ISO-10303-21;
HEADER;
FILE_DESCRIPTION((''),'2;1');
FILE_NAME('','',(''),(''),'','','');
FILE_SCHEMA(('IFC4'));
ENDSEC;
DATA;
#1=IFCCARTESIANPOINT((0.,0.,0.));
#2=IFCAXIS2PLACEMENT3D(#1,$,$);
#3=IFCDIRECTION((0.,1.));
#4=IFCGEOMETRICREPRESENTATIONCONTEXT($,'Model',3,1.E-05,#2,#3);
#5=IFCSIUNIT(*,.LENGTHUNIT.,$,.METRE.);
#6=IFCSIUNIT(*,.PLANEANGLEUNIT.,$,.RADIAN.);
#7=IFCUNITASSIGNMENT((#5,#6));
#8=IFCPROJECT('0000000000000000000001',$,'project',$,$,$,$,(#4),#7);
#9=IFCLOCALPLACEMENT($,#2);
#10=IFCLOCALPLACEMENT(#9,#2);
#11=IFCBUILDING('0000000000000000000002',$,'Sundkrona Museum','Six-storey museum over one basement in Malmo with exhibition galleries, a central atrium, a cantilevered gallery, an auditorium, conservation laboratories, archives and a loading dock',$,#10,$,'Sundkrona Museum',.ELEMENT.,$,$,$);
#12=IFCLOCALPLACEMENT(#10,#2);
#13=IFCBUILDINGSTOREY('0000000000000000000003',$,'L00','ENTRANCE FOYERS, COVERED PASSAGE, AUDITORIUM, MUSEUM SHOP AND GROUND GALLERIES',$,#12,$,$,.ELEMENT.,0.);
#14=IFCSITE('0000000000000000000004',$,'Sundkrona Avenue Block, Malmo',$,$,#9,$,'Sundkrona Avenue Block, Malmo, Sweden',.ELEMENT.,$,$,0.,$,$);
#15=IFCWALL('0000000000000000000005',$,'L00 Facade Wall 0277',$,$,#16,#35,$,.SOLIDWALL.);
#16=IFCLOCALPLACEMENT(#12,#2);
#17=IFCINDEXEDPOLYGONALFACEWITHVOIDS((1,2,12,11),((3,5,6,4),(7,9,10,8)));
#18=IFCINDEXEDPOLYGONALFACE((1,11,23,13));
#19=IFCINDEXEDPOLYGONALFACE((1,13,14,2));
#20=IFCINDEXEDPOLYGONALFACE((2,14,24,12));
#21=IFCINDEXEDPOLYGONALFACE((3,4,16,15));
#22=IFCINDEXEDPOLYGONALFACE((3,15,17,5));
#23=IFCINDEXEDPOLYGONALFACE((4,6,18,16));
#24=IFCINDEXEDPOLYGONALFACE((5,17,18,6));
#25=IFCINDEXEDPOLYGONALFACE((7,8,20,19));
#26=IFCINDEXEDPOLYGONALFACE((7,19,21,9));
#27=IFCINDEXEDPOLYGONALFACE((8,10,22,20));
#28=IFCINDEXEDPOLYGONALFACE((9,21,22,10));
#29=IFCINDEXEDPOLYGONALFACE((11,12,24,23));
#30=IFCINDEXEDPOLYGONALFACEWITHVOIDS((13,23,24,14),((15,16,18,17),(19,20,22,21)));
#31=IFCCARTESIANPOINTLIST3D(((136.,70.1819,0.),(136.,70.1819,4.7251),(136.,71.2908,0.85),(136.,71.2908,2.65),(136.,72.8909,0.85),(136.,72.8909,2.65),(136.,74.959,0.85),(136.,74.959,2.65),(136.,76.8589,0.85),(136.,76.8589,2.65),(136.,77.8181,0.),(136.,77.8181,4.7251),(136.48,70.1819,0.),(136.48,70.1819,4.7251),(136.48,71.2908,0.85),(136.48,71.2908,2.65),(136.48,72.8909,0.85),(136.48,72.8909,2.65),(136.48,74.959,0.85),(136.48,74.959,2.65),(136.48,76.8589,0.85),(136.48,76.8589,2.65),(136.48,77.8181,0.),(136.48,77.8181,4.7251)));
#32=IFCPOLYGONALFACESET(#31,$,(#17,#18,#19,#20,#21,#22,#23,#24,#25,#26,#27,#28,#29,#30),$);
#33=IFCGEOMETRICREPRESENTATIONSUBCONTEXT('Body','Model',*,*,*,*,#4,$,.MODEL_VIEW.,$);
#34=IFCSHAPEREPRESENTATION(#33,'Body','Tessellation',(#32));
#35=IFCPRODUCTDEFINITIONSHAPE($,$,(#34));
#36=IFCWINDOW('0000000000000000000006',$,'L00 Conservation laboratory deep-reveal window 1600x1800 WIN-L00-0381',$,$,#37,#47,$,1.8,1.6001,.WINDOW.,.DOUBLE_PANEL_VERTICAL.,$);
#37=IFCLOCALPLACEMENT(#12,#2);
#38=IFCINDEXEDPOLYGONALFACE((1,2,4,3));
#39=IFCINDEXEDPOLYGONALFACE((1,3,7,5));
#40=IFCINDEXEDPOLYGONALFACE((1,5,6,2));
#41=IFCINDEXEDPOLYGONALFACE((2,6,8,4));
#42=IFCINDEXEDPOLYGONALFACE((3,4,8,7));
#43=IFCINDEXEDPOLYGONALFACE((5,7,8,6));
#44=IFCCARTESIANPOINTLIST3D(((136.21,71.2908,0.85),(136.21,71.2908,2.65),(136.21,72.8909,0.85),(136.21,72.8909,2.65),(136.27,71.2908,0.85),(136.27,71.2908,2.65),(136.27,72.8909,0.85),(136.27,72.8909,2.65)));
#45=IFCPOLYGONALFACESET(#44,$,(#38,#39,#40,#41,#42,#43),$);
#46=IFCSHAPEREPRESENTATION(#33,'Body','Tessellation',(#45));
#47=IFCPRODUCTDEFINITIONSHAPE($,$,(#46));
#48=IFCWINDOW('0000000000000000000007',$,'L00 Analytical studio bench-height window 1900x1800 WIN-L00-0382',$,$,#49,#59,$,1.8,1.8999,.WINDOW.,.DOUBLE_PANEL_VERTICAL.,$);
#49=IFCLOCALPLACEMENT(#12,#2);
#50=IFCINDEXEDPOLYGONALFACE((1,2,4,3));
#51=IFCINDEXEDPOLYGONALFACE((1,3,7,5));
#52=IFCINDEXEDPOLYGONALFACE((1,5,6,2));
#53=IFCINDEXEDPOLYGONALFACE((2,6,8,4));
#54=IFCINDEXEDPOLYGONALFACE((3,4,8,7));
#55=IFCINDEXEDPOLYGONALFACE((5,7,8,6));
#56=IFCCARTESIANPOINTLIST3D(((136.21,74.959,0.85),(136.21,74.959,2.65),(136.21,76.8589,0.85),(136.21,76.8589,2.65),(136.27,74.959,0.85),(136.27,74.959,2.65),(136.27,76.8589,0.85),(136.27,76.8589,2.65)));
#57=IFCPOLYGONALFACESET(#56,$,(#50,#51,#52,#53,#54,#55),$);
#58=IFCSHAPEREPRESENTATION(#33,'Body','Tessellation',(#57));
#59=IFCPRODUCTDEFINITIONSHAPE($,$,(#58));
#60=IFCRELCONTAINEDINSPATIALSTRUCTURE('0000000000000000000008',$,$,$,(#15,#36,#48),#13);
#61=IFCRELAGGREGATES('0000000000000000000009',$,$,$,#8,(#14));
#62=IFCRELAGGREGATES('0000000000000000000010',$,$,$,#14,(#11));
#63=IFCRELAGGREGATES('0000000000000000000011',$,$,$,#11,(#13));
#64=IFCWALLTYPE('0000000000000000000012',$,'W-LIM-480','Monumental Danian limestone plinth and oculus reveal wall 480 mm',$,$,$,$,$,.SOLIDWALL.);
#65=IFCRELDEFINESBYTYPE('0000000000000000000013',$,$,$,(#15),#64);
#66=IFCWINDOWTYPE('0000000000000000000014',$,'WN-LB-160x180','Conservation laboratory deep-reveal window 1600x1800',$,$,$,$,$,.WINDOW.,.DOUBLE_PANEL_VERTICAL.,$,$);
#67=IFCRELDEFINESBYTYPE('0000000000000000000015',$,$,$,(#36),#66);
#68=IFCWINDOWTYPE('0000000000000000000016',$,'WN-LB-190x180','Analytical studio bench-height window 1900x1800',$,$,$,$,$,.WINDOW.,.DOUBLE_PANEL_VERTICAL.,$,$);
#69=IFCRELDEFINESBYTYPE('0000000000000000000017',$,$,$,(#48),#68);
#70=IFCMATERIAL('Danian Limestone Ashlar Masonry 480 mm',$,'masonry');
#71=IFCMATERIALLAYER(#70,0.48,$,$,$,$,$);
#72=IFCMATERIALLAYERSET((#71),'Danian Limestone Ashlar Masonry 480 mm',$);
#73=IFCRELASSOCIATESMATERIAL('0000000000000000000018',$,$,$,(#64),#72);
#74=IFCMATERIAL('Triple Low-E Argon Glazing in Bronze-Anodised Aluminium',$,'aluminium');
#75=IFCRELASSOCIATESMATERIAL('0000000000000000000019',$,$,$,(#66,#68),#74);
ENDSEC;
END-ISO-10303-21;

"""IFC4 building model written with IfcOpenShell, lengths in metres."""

from ifc_helpers import new_model, si_unit, direction, frame, frame_2d, origin, place, context, subcontext, project, spatial, rectangle, extrude, material, layer, layer_set, type_object, element, fill, save


model = new_model("IFC4")

# Units and contexts
model_context = context("Model", 3, precision=1e-05, world=origin(), true_north=direction((0.0, 1.0)))
body_context = subcontext(model_context, "Body", "Model", "MODEL_VIEW")
ifc_project = project(units=[si_unit("LENGTHUNIT", "METRE"), si_unit("PLANEANGLEUNIT", "RADIAN")], contexts=[model_context])

# Site, building, storey
site_placement = place(None, origin())
site = spatial("IfcSite", under=ifc_project, at=site_placement, Name="Sundkrona Avenue Block, Malmo", LongName="Sundkrona Avenue Block, Malmo, Sweden", CompositionType="ELEMENT", RefElevation=0.0)
building_placement = place(site_placement, origin())
building = spatial("IfcBuilding", under=site, at=building_placement, Name="Sundkrona Museum", Description="Six-storey museum over one basement in Malmo with exhibition galleries, a central atrium, a cantilevered gallery, an auditorium, conservation laboratories, archives and a loading dock", LongName="Sundkrona Museum", CompositionType="ELEMENT")
storey_placement = place(building_placement, origin())
storey = spatial("IfcBuildingStorey", under=building, at=storey_placement, Name="L00", Description="ENTRANCE FOYERS, COVERED PASSAGE, AUDITORIUM, MUSEUM SHOP AND GROUND GALLERIES", CompositionType="ELEMENT", Elevation=0.0)

# Shared definitions
ifc_material_1 = material(Name="Danian Limestone Ashlar Masonry 480 mm", Category="masonry")
ifc_layer_1 = layer(ifc_material_1, 0.48)
ifc_layer_set_1 = layer_set([ifc_layer_1], Name="Danian Limestone Ashlar Masonry 480 mm")
wall_type_1 = type_object("IfcWallType", Name="W-LIM-480", Description="Monumental Danian limestone plinth and oculus reveal wall 480 mm", PredefinedType="SOLIDWALL", material=ifc_layer_set_1)

# Wall, openings, windows
ifc_material_2 = material(Name="Triple Low-E Argon Glazing in Bronze-Anodised Aluminium", Category="aluminium")
window_type_1 = type_object("IfcWindowType", Name="WN-LB-160x180", Description="Conservation laboratory deep-reveal window 1600x1800", PartitioningType="DOUBLE_PANEL_VERTICAL", PredefinedType="WINDOW", material=ifc_material_2)
window_type_2 = type_object("IfcWindowType", Name="WN-LB-190x180", Description="Analytical studio bench-height window 1900x1800", PartitioningType="DOUBLE_PANEL_VERTICAL", PredefinedType="WINDOW", material=ifc_material_2)
wall_1_placement = place(storey_placement, frame((136.24, 70.1819, 0.0), z_axis=(0.0, 0.0, 1.0), x_axis=(0.0, 1.0, 0.0)))
wall_1 = element("IfcWall", 1, at=wall_1_placement, inside=storey, type_object=wall_type_1, Name="L00 Facade Wall 0277", PredefinedType="SOLIDWALL", context=body_context, shape_type="SweptSolid", body=[
    extrude(rectangle(XDim=7.6362, YDim=0.48, at=frame_2d((3.8181, 0.0))), origin(), (0.0, 0.0, 1.0), 4.7251),
])
opening_1_placement = place(wall_1_placement, frame((1.1089, 0.0, 0.8501)))
opening_1 = element("IfcOpeningElement", 2, at=opening_1_placement, cuts=wall_1, PredefinedType="OPENING", context=body_context, shape_type="SweptSolid", body=[
    extrude(rectangle(XDim=1.6001, YDim=1.8, at=frame_2d((0.8, 0.8999))), frame((0.0, 0.25, 0.0), z_axis=(0.0, -1.0, 0.0), x_axis=(1.0, 0.0, 0.0)), (0.0, 0.0, 1.0), 0.5),
])
opening_2_placement = place(wall_1_placement, frame((4.7771, 0.0, 0.8501)))
opening_2 = element("IfcOpeningElement", 3, at=opening_2_placement, cuts=wall_1, PredefinedType="OPENING", context=body_context, shape_type="SweptSolid", body=[
    extrude(rectangle(XDim=1.8999, YDim=1.8, at=frame_2d((0.95, 0.8999))), frame((0.0, 0.25, 0.0), z_axis=(0.0, -1.0, 0.0), x_axis=(1.0, 0.0, 0.0)), (0.0, 0.0, 1.0), 0.5),
])
window_1_placement = place(opening_1_placement, origin())
window_1 = element("IfcWindow", 4, at=window_1_placement, inside=storey, type_object=window_type_1, Name="L00 Conservation laboratory deep-reveal window 1600x1800 WIN-L00-0381", OverallHeight=1.8, OverallWidth=1.6001, PartitioningType="DOUBLE_PANEL_VERTICAL", PredefinedType="WINDOW", context=body_context, shape_type="SweptSolid", body=[
    extrude(rectangle(XDim=1.6001, YDim=1.8, at=frame_2d((0.8, 0.8999))), frame((0.0, 0.03, 0.0), z_axis=(0.0, -1.0, 0.0), x_axis=(1.0, 0.0, 0.0)), (0.0, 0.0, 1.0), 0.0601),
])
fill(opening_1, window_1)
window_2_placement = place(opening_2_placement, origin())
window_2 = element("IfcWindow", 5, at=window_2_placement, inside=storey, type_object=window_type_2, Name="L00 Analytical studio bench-height window 1900x1800 WIN-L00-0382", OverallHeight=1.8, OverallWidth=1.8999, PartitioningType="DOUBLE_PANEL_VERTICAL", PredefinedType="WINDOW", context=body_context, shape_type="SweptSolid", body=[
    extrude(rectangle(XDim=1.8999, YDim=1.8, at=frame_2d((0.95, 0.8999))), frame((0.0, 0.03, 0.0), z_axis=(0.0, -1.0, 0.0), x_axis=(1.0, 0.0, 0.0)), (0.0, 0.0, 1.0), 0.0601),
])
fill(opening_2, window_2)

save(model, "model.ifc")
